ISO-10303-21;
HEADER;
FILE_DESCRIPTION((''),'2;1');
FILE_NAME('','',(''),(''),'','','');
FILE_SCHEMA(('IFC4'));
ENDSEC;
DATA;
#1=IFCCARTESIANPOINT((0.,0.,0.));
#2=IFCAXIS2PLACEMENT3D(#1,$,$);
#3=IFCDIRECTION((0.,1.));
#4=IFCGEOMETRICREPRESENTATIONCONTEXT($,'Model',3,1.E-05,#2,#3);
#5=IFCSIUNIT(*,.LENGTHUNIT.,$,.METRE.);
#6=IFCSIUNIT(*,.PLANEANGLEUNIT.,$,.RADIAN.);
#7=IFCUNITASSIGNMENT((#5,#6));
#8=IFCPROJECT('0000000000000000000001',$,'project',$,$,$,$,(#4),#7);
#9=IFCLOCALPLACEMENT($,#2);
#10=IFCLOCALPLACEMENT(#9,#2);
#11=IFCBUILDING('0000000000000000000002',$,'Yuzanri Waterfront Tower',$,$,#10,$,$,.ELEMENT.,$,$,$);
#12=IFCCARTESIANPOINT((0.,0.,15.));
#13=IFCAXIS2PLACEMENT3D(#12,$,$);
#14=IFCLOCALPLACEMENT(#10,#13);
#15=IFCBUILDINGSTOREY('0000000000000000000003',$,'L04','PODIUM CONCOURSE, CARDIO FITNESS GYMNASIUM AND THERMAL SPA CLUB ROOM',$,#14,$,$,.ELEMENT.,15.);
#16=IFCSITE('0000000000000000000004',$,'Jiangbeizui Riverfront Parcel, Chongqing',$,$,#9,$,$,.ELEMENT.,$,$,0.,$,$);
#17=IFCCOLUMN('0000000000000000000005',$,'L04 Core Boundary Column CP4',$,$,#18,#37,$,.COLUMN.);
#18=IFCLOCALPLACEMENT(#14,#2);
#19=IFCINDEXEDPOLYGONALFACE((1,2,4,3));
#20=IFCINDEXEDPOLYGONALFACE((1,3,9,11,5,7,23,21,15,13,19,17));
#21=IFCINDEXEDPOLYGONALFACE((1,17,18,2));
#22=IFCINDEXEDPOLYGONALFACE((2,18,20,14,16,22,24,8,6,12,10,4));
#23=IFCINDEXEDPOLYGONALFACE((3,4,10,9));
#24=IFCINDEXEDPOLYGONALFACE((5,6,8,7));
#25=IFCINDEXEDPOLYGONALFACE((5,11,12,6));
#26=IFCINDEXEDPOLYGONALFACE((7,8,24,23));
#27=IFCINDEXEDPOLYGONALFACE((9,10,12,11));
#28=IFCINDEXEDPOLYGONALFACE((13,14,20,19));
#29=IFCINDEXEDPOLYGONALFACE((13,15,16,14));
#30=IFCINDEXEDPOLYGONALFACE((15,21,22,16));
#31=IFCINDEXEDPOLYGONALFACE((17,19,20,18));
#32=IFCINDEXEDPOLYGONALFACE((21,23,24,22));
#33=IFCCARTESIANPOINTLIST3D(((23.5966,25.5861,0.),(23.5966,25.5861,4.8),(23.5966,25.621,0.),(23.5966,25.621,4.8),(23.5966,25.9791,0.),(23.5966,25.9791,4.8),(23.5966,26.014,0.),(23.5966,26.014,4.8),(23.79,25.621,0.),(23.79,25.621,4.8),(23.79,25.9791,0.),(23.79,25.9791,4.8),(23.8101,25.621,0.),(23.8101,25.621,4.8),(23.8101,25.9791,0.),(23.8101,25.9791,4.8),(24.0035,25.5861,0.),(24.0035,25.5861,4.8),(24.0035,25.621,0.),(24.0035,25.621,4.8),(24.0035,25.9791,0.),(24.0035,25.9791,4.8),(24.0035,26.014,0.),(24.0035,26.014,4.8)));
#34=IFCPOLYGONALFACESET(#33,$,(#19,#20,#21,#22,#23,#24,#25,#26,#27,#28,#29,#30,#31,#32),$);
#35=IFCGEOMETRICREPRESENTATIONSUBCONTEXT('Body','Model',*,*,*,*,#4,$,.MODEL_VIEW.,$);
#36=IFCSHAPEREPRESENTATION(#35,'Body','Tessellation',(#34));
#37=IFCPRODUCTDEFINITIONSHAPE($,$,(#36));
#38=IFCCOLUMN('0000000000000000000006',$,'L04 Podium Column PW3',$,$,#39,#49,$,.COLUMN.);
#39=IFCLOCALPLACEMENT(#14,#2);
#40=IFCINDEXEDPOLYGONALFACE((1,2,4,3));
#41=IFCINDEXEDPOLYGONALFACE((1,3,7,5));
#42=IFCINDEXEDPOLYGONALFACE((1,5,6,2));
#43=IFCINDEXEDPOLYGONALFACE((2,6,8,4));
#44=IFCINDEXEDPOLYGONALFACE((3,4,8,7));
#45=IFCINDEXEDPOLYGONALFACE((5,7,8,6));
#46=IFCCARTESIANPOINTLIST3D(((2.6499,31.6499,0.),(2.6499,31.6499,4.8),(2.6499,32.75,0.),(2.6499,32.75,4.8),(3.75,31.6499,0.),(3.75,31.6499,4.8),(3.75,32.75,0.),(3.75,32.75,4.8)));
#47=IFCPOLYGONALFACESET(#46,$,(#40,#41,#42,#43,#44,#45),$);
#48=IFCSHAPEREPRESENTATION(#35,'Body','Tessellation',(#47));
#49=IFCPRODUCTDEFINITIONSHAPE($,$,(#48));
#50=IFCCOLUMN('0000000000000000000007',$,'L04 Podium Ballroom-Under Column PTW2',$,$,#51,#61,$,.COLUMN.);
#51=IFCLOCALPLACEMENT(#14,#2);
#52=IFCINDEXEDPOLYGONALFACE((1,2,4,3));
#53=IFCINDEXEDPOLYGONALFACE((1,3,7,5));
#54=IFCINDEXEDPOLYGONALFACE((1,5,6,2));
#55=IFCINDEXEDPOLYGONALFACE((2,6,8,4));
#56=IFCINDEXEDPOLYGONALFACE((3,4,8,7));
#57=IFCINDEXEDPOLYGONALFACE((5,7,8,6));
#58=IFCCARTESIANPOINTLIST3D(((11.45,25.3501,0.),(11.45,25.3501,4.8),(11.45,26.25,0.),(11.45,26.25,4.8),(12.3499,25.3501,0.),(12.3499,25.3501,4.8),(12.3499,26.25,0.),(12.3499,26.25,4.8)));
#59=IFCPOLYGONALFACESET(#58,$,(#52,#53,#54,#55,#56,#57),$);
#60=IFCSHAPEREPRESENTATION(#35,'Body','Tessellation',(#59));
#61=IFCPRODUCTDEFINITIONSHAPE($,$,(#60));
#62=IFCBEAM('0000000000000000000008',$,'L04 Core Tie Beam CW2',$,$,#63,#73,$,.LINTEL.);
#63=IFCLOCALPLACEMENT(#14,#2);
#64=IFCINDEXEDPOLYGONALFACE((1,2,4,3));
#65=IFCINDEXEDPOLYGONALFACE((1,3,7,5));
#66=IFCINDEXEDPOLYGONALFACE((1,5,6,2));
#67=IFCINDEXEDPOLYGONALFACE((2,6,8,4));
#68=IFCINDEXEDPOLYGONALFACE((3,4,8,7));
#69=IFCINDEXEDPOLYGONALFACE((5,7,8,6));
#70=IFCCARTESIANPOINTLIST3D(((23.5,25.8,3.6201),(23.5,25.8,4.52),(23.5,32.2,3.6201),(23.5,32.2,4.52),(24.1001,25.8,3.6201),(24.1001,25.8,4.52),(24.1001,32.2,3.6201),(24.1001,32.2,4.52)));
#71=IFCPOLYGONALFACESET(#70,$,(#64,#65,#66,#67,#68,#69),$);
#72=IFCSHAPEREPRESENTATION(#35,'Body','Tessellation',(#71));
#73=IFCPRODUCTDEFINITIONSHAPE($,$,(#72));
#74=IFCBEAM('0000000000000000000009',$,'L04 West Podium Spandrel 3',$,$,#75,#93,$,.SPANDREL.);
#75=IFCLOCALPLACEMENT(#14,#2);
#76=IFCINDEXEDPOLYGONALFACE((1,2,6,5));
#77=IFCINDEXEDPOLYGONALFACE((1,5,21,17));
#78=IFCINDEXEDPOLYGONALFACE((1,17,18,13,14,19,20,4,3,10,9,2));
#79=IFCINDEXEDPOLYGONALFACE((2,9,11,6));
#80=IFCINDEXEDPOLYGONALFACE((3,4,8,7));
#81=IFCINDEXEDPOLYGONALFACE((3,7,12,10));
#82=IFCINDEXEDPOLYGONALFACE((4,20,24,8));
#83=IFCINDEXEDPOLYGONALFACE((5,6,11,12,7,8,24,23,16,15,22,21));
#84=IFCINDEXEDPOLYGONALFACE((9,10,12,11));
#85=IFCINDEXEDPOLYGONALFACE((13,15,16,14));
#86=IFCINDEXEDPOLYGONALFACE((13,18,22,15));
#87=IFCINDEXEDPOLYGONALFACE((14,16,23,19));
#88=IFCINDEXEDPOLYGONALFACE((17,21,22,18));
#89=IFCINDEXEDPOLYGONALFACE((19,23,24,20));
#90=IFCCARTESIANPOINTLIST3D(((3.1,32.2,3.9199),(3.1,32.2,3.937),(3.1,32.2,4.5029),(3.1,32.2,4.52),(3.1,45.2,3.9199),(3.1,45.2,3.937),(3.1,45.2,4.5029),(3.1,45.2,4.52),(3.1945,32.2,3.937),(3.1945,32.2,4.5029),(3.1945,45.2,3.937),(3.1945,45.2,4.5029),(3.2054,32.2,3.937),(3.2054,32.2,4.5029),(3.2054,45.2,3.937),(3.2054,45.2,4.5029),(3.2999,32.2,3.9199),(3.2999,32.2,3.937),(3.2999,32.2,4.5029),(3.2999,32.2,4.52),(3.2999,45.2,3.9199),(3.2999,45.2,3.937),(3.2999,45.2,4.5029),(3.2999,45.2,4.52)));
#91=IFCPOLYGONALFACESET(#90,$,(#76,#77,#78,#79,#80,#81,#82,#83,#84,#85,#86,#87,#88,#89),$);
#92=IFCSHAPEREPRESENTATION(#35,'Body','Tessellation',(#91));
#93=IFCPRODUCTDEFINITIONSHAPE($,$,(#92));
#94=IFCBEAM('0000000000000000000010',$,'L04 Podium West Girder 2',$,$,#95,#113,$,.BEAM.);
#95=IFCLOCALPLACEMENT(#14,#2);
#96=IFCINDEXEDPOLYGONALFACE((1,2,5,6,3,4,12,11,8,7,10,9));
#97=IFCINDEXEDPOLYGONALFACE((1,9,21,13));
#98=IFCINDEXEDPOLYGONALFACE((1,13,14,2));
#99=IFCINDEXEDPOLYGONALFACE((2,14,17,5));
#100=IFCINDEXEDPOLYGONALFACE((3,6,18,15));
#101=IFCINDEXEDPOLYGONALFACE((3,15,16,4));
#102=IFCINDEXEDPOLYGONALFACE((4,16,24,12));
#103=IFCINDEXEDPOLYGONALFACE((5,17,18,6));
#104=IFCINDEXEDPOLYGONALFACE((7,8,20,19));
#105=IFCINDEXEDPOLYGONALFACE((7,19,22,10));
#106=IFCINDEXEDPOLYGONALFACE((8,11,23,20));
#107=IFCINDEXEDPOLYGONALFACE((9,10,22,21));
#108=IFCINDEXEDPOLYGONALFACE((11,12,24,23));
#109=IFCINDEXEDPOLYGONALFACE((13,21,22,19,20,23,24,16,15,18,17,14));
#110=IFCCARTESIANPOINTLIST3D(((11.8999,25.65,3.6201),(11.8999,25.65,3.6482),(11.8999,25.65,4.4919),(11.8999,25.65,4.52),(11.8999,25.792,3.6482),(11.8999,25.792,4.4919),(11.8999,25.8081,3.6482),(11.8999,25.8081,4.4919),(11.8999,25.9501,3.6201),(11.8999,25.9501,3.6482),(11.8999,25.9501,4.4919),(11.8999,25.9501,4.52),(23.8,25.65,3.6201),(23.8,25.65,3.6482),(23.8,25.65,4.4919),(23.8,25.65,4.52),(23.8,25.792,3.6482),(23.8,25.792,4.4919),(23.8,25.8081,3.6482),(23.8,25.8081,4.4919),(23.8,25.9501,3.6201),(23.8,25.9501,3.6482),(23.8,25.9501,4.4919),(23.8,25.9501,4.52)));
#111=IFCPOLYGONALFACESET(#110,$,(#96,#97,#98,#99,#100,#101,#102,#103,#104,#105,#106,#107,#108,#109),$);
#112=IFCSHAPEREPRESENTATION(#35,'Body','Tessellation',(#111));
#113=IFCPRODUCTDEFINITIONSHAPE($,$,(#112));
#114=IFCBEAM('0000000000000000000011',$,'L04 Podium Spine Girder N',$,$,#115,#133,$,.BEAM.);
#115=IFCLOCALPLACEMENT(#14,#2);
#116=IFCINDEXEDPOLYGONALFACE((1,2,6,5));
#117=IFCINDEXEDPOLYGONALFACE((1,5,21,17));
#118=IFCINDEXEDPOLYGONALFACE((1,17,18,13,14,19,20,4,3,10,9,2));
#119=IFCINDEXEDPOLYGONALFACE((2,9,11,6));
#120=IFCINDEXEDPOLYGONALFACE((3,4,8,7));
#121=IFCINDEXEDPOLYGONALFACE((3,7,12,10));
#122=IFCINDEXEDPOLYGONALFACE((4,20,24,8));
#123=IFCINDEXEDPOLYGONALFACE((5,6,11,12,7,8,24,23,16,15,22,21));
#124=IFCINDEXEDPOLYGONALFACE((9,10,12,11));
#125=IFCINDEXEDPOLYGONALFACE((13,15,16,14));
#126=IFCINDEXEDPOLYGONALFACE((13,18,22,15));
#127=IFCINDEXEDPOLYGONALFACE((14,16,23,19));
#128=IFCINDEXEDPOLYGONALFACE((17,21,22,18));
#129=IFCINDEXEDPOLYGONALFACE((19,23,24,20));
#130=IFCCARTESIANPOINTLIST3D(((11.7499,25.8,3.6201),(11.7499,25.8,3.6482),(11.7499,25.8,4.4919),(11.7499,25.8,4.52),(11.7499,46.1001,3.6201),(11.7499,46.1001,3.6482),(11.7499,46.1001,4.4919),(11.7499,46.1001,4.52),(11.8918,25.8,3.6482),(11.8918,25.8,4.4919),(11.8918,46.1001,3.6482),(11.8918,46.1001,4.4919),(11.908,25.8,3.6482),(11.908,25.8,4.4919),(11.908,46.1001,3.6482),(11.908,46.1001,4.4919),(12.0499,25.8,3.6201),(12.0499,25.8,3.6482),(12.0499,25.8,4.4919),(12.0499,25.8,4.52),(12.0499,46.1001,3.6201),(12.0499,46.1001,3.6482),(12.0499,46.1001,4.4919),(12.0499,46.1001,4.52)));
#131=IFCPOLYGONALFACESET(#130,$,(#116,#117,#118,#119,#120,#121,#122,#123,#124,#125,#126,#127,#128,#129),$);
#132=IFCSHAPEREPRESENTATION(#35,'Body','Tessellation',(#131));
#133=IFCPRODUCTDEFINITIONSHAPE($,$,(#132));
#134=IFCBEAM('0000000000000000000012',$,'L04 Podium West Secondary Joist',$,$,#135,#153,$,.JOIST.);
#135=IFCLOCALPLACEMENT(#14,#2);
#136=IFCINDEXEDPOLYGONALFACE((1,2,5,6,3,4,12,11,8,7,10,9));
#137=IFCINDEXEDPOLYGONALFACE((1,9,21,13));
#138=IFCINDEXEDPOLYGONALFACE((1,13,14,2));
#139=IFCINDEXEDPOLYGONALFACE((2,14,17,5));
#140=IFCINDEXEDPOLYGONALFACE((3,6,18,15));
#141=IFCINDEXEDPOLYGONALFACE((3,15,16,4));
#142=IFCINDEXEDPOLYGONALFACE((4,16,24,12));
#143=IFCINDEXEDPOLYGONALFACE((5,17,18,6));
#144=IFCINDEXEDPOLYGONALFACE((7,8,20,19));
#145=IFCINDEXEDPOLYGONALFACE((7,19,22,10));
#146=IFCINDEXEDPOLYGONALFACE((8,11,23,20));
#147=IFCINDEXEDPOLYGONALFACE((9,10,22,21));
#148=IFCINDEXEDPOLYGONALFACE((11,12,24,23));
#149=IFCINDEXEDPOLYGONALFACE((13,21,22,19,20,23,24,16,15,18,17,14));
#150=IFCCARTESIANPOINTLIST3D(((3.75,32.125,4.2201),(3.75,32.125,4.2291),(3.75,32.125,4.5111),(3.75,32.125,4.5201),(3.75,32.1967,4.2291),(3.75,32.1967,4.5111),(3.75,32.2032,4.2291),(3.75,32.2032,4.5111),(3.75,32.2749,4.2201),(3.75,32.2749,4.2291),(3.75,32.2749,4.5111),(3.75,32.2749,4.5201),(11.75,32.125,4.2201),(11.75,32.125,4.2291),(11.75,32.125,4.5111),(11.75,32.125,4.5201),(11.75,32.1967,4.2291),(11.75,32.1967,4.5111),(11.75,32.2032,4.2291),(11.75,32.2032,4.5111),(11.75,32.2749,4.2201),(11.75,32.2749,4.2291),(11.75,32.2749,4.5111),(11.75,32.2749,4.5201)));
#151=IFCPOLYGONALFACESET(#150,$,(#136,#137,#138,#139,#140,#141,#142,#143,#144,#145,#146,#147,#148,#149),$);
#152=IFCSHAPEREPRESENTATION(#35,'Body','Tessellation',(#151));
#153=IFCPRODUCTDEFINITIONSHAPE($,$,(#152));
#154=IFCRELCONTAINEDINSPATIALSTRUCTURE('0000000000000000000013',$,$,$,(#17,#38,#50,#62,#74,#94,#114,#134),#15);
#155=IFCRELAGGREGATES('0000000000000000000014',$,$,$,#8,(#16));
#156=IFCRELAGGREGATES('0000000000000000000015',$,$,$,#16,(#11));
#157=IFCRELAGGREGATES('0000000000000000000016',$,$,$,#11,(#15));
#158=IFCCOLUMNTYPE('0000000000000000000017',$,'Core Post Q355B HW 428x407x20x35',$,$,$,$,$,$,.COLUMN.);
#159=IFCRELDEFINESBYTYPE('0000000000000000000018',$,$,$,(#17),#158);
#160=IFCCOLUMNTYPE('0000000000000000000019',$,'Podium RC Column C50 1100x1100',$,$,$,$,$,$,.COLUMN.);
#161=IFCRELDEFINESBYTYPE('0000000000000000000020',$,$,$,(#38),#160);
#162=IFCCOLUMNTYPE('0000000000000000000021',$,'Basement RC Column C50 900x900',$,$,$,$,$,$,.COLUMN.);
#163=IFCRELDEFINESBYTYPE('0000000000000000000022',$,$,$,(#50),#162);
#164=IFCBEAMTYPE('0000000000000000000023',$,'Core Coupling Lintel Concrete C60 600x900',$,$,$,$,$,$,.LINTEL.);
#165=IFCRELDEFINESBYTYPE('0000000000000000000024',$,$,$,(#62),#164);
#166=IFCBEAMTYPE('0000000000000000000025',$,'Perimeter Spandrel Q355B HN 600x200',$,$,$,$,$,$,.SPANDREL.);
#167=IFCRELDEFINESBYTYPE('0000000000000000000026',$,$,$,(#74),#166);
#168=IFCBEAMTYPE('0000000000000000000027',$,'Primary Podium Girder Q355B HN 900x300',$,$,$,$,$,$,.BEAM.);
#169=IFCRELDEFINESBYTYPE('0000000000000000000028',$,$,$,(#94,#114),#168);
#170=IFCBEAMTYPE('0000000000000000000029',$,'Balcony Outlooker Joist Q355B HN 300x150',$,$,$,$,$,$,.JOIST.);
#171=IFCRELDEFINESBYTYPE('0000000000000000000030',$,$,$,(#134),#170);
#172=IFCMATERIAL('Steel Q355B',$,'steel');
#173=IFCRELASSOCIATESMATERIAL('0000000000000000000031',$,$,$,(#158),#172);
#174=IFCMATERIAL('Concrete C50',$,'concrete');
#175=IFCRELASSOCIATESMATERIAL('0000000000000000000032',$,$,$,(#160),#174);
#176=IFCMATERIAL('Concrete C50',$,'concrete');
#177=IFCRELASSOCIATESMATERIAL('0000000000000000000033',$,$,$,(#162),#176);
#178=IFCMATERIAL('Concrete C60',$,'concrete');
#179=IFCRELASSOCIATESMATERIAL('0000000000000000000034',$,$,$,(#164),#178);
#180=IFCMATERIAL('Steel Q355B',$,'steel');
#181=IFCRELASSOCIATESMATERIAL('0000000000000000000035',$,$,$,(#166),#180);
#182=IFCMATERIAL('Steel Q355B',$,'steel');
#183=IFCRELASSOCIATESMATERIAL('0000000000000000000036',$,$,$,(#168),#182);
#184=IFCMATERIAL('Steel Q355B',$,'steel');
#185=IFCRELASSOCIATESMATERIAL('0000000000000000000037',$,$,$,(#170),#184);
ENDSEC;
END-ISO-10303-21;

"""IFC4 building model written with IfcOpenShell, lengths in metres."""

from ifc_helpers import new_model, si_unit, direction, frame, origin, origin_2d, place, context, subcontext, project, spatial, rectangle, i_section, extrude, source, transform, mapped, material, material_profile, profile_set, type_object, element, save


model = new_model("IFC4")

# Units and contexts
model_context = context("Model", 3, precision=1e-05, world=origin(), true_north=direction((0.0, 1.0)))
body_context = subcontext(model_context, "Body", "Model", "MODEL_VIEW")
ifc_project = project(units=[si_unit("LENGTHUNIT", "METRE"), si_unit("PLANEANGLEUNIT", "RADIAN")], contexts=[model_context])

# Site, building, storey
site_placement = place(None, origin())
site = spatial("IfcSite", under=ifc_project, at=site_placement, Name="Jiangbeizui Riverfront Parcel, Chongqing", CompositionType="ELEMENT", RefElevation=0.0)
building_placement = place(site_placement, origin())
building = spatial("IfcBuilding", under=site, at=building_placement, Name="Yuzanri Waterfront Tower", CompositionType="ELEMENT")
storey_placement = place(building_placement, frame((0.0, 0.0, 15.0)))
storey = spatial("IfcBuildingStorey", under=building, at=storey_placement, Name="L04", Description="PODIUM CONCOURSE, CARDIO FITNESS GYMNASIUM AND THERMAL SPA CLUB ROOM", CompositionType="ELEMENT", Elevation=15.0)

# Columns
ifc_material_1 = material(Name="Steel Q355B", Category="steel")
ifc_material_profile_1 = material_profile(ifc_material_1, i_section(OverallWidth=0.407, OverallDepth=0.428, WebThickness=0.02, FlangeThickness=0.0349, at=origin_2d()), Name="HW 428x407x20x35")
ifc_profile_set_1 = profile_set([ifc_material_profile_1], Name="Steel Q355B")
column_type_1 = type_object("IfcColumnType", Name="Core Post Q355B HW 428x407x20x35", PredefinedType="COLUMN", material=ifc_profile_set_1)
shared_shape_1 = source(origin(), body_context, "Body", "SweptSolid", [
    extrude(i_section(OverallWidth=0.407, OverallDepth=0.428, WebThickness=0.02, FlangeThickness=0.0349, at=origin_2d()), origin(), (0.0, 0.0, 1.0), 4.8),
])
column_1_placement = place(storey_placement, frame((23.8, 25.8, 0.0), z_axis=(0.0, 0.0, 1.0), x_axis=(1.0, 0.0, 0.0)))
element("IfcColumn", 1, at=column_1_placement, inside=storey, type_object=column_type_1, Name="L04 Core Boundary Column CP4", PredefinedType="COLUMN", context=body_context, shape_type="MappedRepresentation", body=[
    mapped(shared_shape_1, transform((0.0, 0.0, 0.0), scale=1.0)),
])
ifc_material_2 = material(Name="Concrete C50", Category="concrete")
ifc_material_profile_2 = material_profile(ifc_material_2, rectangle(XDim=1.1001, YDim=1.1001, at=origin_2d()), Name="RC 1100x1100")
ifc_profile_set_2 = profile_set([ifc_material_profile_2], Name="Concrete C50")
column_type_2 = type_object("IfcColumnType", Name="Podium RC Column C50 1100x1100", PredefinedType="COLUMN", material=ifc_profile_set_2)
shared_shape_2 = source(origin(), body_context, "Body", "SweptSolid", [
    extrude(rectangle(XDim=1.1001, YDim=1.1001, at=origin_2d()), origin(), (0.0, 0.0, 1.0), 4.8),
])
column_2_placement = place(storey_placement, frame((3.2, 32.2, 0.0), z_axis=(0.0, 0.0, 1.0), x_axis=(1.0, 0.0, 0.0)))
element("IfcColumn", 2, at=column_2_placement, inside=storey, type_object=column_type_2, Name="L04 Podium Column PW3", PredefinedType="COLUMN", context=body_context, shape_type="MappedRepresentation", body=[
    mapped(shared_shape_2, transform((0.0, 0.0, 0.0), scale=1.0)),
])
ifc_material_3 = material(Name="Concrete C50", Category="concrete")
ifc_material_profile_3 = material_profile(ifc_material_3, rectangle(XDim=0.8999, YDim=0.8999, at=origin_2d()), Name="RC 900x900")
ifc_profile_set_3 = profile_set([ifc_material_profile_3], Name="Concrete C50")
column_type_3 = type_object("IfcColumnType", Name="Basement RC Column C50 900x900", PredefinedType="COLUMN", material=ifc_profile_set_3)
shared_shape_3 = source(origin(), body_context, "Body", "SweptSolid", [
    extrude(rectangle(XDim=0.8999, YDim=0.8999, at=origin_2d()), origin(), (0.0, 0.0, 1.0), 4.8),
])
column_3_placement = place(storey_placement, frame((11.8999, 25.8, 0.0), z_axis=(0.0, 0.0, 1.0), x_axis=(1.0, 0.0, 0.0)))
element("IfcColumn", 3, at=column_3_placement, inside=storey, type_object=column_type_3, Name="L04 Podium Ballroom-Under Column PTW2", PredefinedType="COLUMN", context=body_context, shape_type="MappedRepresentation", body=[
    mapped(shared_shape_3, transform((0.0, 0.0, 0.0), scale=1.0)),
])

# Beams
ifc_material_4 = material(Name="Concrete C60", Category="concrete")
ifc_material_profile_4 = material_profile(ifc_material_4, rectangle(XDim=0.6001, YDim=0.8999, at=origin_2d()), Name="RC 600x900")
ifc_profile_set_4 = profile_set([ifc_material_profile_4], Name="Concrete C60")
beam_type_1 = type_object("IfcBeamType", Name="Core Coupling Lintel Concrete C60 600x900", PredefinedType="LINTEL", material=ifc_profile_set_4)
shared_shape_4 = source(origin(), body_context, "Body", "SweptSolid", [
    extrude(rectangle(XDim=0.6001, YDim=0.8999, at=origin_2d()), origin(), (0.0, 0.0, 1.0), 6.3999),
])
beam_1_placement = place(storey_placement, frame((23.8, 25.8, 4.0701), z_axis=(0.0, 1.0, 0.0), x_axis=(-1.0, 0.0, 0.0)))
element("IfcBeam", 4, at=beam_1_placement, inside=storey, type_object=beam_type_1, Name="L04 Core Tie Beam CW2", PredefinedType="LINTEL", context=body_context, shape_type="MappedRepresentation", body=[
    mapped(shared_shape_4, transform((0.0, 0.0, 0.0), scale=1.0)),
])
ifc_material_5 = material(Name="Steel Q355B", Category="steel")
ifc_material_profile_5 = material_profile(ifc_material_5, i_section(OverallWidth=0.2, OverallDepth=0.6001, WebThickness=0.011, FlangeThickness=0.0171, at=origin_2d()), Name="HN 600x200x11x17")
ifc_profile_set_5 = profile_set([ifc_material_profile_5], Name="Steel Q355B")
beam_type_2 = type_object("IfcBeamType", Name="Perimeter Spandrel Q355B HN 600x200", PredefinedType="SPANDREL", material=ifc_profile_set_5)
shared_shape_5 = source(origin(), body_context, "Body", "SweptSolid", [
    extrude(i_section(OverallWidth=0.2, OverallDepth=0.6001, WebThickness=0.011, FlangeThickness=0.0171, at=origin_2d()), origin(), (0.0, 0.0, 1.0), 13.0),
])
beam_2_placement = place(storey_placement, frame((3.2, 32.2, 4.22), z_axis=(0.0, 1.0, 0.0), x_axis=(-1.0, 0.0, 0.0)))
element("IfcBeam", 5, at=beam_2_placement, inside=storey, type_object=beam_type_2, Name="L04 West Podium Spandrel 3", PredefinedType="SPANDREL", context=body_context, shape_type="MappedRepresentation", body=[
    mapped(shared_shape_5, transform((0.0, 0.0, 0.0), scale=1.0)),
])
ifc_material_6 = material(Name="Steel Q355B", Category="steel")
ifc_material_profile_6 = material_profile(ifc_material_6, i_section(OverallWidth=0.3, OverallDepth=0.8999, WebThickness=0.0161, FlangeThickness=0.0281, at=origin_2d()), Name="HN 900x300x16x28")
ifc_profile_set_6 = profile_set([ifc_material_profile_6], Name="Steel Q355B")
beam_type_3 = type_object("IfcBeamType", Name="Primary Podium Girder Q355B HN 900x300", PredefinedType="BEAM", material=ifc_profile_set_6)
shared_shape_6 = source(origin(), body_context, "Body", "SweptSolid", [
    extrude(i_section(OverallWidth=0.3, OverallDepth=0.8999, WebThickness=0.0161, FlangeThickness=0.0281, at=origin_2d()), origin(), (0.0, 0.0, 1.0), 11.9001),
])
beam_3_placement = place(storey_placement, frame((11.8999, 25.8, 4.0701), z_axis=(1.0, 0.0, 0.0), x_axis=(0.0, 1.0, 0.0)))
element("IfcBeam", 6, at=beam_3_placement, inside=storey, type_object=beam_type_3, Name="L04 Podium West Girder 2", PredefinedType="BEAM", context=body_context, shape_type="MappedRepresentation", body=[
    mapped(shared_shape_6, transform((0.0, 0.0, 0.0), scale=1.0)),
])
shared_shape_7 = source(origin(), body_context, "Body", "SweptSolid", [
    extrude(i_section(OverallWidth=0.3, OverallDepth=0.8999, WebThickness=0.0161, FlangeThickness=0.0281, at=origin_2d()), origin(), (0.0, 0.0, 1.0), 20.3),
])
beam_4_placement = place(storey_placement, frame((11.8999, 25.8, 4.0701), z_axis=(0.0, 1.0, 0.0), x_axis=(-1.0, 0.0, 0.0)))
element("IfcBeam", 7, at=beam_4_placement, inside=storey, type_object=beam_type_3, Name="L04 Podium Spine Girder N", PredefinedType="BEAM", context=body_context, shape_type="MappedRepresentation", body=[
    mapped(shared_shape_7, transform((0.0, 0.0, 0.0), scale=1.0)),
])
ifc_material_7 = material(Name="Steel Q355B", Category="steel")
ifc_material_profile_7 = material_profile(ifc_material_7, i_section(OverallWidth=0.1499, OverallDepth=0.3, WebThickness=0.0066, FlangeThickness=0.009, at=origin_2d()), Name="HN 300x150x6.5x9")
ifc_profile_set_7 = profile_set([ifc_material_profile_7], Name="Steel Q355B")
beam_type_4 = type_object("IfcBeamType", Name="Balcony Outlooker Joist Q355B HN 300x150", PredefinedType="JOIST", material=ifc_profile_set_7)
shared_shape_8 = source(origin(), body_context, "Body", "SweptSolid", [
    extrude(i_section(OverallWidth=0.1499, OverallDepth=0.3, WebThickness=0.0066, FlangeThickness=0.009, at=origin_2d()), origin(), (0.0, 0.0, 1.0), 8.0),
])
beam_5_placement = place(storey_placement, frame((3.75, 32.2, 4.3701), z_axis=(1.0, 0.0, 0.0), x_axis=(0.0, 1.0, 0.0)))
element("IfcBeam", 8, at=beam_5_placement, inside=storey, type_object=beam_type_4, Name="L04 Podium West Secondary Joist", PredefinedType="JOIST", context=body_context, shape_type="MappedRepresentation", body=[
    mapped(shared_shape_8, transform((0.0, 0.0, 0.0), scale=1.0)),
])

save(model, "model.ifc")
